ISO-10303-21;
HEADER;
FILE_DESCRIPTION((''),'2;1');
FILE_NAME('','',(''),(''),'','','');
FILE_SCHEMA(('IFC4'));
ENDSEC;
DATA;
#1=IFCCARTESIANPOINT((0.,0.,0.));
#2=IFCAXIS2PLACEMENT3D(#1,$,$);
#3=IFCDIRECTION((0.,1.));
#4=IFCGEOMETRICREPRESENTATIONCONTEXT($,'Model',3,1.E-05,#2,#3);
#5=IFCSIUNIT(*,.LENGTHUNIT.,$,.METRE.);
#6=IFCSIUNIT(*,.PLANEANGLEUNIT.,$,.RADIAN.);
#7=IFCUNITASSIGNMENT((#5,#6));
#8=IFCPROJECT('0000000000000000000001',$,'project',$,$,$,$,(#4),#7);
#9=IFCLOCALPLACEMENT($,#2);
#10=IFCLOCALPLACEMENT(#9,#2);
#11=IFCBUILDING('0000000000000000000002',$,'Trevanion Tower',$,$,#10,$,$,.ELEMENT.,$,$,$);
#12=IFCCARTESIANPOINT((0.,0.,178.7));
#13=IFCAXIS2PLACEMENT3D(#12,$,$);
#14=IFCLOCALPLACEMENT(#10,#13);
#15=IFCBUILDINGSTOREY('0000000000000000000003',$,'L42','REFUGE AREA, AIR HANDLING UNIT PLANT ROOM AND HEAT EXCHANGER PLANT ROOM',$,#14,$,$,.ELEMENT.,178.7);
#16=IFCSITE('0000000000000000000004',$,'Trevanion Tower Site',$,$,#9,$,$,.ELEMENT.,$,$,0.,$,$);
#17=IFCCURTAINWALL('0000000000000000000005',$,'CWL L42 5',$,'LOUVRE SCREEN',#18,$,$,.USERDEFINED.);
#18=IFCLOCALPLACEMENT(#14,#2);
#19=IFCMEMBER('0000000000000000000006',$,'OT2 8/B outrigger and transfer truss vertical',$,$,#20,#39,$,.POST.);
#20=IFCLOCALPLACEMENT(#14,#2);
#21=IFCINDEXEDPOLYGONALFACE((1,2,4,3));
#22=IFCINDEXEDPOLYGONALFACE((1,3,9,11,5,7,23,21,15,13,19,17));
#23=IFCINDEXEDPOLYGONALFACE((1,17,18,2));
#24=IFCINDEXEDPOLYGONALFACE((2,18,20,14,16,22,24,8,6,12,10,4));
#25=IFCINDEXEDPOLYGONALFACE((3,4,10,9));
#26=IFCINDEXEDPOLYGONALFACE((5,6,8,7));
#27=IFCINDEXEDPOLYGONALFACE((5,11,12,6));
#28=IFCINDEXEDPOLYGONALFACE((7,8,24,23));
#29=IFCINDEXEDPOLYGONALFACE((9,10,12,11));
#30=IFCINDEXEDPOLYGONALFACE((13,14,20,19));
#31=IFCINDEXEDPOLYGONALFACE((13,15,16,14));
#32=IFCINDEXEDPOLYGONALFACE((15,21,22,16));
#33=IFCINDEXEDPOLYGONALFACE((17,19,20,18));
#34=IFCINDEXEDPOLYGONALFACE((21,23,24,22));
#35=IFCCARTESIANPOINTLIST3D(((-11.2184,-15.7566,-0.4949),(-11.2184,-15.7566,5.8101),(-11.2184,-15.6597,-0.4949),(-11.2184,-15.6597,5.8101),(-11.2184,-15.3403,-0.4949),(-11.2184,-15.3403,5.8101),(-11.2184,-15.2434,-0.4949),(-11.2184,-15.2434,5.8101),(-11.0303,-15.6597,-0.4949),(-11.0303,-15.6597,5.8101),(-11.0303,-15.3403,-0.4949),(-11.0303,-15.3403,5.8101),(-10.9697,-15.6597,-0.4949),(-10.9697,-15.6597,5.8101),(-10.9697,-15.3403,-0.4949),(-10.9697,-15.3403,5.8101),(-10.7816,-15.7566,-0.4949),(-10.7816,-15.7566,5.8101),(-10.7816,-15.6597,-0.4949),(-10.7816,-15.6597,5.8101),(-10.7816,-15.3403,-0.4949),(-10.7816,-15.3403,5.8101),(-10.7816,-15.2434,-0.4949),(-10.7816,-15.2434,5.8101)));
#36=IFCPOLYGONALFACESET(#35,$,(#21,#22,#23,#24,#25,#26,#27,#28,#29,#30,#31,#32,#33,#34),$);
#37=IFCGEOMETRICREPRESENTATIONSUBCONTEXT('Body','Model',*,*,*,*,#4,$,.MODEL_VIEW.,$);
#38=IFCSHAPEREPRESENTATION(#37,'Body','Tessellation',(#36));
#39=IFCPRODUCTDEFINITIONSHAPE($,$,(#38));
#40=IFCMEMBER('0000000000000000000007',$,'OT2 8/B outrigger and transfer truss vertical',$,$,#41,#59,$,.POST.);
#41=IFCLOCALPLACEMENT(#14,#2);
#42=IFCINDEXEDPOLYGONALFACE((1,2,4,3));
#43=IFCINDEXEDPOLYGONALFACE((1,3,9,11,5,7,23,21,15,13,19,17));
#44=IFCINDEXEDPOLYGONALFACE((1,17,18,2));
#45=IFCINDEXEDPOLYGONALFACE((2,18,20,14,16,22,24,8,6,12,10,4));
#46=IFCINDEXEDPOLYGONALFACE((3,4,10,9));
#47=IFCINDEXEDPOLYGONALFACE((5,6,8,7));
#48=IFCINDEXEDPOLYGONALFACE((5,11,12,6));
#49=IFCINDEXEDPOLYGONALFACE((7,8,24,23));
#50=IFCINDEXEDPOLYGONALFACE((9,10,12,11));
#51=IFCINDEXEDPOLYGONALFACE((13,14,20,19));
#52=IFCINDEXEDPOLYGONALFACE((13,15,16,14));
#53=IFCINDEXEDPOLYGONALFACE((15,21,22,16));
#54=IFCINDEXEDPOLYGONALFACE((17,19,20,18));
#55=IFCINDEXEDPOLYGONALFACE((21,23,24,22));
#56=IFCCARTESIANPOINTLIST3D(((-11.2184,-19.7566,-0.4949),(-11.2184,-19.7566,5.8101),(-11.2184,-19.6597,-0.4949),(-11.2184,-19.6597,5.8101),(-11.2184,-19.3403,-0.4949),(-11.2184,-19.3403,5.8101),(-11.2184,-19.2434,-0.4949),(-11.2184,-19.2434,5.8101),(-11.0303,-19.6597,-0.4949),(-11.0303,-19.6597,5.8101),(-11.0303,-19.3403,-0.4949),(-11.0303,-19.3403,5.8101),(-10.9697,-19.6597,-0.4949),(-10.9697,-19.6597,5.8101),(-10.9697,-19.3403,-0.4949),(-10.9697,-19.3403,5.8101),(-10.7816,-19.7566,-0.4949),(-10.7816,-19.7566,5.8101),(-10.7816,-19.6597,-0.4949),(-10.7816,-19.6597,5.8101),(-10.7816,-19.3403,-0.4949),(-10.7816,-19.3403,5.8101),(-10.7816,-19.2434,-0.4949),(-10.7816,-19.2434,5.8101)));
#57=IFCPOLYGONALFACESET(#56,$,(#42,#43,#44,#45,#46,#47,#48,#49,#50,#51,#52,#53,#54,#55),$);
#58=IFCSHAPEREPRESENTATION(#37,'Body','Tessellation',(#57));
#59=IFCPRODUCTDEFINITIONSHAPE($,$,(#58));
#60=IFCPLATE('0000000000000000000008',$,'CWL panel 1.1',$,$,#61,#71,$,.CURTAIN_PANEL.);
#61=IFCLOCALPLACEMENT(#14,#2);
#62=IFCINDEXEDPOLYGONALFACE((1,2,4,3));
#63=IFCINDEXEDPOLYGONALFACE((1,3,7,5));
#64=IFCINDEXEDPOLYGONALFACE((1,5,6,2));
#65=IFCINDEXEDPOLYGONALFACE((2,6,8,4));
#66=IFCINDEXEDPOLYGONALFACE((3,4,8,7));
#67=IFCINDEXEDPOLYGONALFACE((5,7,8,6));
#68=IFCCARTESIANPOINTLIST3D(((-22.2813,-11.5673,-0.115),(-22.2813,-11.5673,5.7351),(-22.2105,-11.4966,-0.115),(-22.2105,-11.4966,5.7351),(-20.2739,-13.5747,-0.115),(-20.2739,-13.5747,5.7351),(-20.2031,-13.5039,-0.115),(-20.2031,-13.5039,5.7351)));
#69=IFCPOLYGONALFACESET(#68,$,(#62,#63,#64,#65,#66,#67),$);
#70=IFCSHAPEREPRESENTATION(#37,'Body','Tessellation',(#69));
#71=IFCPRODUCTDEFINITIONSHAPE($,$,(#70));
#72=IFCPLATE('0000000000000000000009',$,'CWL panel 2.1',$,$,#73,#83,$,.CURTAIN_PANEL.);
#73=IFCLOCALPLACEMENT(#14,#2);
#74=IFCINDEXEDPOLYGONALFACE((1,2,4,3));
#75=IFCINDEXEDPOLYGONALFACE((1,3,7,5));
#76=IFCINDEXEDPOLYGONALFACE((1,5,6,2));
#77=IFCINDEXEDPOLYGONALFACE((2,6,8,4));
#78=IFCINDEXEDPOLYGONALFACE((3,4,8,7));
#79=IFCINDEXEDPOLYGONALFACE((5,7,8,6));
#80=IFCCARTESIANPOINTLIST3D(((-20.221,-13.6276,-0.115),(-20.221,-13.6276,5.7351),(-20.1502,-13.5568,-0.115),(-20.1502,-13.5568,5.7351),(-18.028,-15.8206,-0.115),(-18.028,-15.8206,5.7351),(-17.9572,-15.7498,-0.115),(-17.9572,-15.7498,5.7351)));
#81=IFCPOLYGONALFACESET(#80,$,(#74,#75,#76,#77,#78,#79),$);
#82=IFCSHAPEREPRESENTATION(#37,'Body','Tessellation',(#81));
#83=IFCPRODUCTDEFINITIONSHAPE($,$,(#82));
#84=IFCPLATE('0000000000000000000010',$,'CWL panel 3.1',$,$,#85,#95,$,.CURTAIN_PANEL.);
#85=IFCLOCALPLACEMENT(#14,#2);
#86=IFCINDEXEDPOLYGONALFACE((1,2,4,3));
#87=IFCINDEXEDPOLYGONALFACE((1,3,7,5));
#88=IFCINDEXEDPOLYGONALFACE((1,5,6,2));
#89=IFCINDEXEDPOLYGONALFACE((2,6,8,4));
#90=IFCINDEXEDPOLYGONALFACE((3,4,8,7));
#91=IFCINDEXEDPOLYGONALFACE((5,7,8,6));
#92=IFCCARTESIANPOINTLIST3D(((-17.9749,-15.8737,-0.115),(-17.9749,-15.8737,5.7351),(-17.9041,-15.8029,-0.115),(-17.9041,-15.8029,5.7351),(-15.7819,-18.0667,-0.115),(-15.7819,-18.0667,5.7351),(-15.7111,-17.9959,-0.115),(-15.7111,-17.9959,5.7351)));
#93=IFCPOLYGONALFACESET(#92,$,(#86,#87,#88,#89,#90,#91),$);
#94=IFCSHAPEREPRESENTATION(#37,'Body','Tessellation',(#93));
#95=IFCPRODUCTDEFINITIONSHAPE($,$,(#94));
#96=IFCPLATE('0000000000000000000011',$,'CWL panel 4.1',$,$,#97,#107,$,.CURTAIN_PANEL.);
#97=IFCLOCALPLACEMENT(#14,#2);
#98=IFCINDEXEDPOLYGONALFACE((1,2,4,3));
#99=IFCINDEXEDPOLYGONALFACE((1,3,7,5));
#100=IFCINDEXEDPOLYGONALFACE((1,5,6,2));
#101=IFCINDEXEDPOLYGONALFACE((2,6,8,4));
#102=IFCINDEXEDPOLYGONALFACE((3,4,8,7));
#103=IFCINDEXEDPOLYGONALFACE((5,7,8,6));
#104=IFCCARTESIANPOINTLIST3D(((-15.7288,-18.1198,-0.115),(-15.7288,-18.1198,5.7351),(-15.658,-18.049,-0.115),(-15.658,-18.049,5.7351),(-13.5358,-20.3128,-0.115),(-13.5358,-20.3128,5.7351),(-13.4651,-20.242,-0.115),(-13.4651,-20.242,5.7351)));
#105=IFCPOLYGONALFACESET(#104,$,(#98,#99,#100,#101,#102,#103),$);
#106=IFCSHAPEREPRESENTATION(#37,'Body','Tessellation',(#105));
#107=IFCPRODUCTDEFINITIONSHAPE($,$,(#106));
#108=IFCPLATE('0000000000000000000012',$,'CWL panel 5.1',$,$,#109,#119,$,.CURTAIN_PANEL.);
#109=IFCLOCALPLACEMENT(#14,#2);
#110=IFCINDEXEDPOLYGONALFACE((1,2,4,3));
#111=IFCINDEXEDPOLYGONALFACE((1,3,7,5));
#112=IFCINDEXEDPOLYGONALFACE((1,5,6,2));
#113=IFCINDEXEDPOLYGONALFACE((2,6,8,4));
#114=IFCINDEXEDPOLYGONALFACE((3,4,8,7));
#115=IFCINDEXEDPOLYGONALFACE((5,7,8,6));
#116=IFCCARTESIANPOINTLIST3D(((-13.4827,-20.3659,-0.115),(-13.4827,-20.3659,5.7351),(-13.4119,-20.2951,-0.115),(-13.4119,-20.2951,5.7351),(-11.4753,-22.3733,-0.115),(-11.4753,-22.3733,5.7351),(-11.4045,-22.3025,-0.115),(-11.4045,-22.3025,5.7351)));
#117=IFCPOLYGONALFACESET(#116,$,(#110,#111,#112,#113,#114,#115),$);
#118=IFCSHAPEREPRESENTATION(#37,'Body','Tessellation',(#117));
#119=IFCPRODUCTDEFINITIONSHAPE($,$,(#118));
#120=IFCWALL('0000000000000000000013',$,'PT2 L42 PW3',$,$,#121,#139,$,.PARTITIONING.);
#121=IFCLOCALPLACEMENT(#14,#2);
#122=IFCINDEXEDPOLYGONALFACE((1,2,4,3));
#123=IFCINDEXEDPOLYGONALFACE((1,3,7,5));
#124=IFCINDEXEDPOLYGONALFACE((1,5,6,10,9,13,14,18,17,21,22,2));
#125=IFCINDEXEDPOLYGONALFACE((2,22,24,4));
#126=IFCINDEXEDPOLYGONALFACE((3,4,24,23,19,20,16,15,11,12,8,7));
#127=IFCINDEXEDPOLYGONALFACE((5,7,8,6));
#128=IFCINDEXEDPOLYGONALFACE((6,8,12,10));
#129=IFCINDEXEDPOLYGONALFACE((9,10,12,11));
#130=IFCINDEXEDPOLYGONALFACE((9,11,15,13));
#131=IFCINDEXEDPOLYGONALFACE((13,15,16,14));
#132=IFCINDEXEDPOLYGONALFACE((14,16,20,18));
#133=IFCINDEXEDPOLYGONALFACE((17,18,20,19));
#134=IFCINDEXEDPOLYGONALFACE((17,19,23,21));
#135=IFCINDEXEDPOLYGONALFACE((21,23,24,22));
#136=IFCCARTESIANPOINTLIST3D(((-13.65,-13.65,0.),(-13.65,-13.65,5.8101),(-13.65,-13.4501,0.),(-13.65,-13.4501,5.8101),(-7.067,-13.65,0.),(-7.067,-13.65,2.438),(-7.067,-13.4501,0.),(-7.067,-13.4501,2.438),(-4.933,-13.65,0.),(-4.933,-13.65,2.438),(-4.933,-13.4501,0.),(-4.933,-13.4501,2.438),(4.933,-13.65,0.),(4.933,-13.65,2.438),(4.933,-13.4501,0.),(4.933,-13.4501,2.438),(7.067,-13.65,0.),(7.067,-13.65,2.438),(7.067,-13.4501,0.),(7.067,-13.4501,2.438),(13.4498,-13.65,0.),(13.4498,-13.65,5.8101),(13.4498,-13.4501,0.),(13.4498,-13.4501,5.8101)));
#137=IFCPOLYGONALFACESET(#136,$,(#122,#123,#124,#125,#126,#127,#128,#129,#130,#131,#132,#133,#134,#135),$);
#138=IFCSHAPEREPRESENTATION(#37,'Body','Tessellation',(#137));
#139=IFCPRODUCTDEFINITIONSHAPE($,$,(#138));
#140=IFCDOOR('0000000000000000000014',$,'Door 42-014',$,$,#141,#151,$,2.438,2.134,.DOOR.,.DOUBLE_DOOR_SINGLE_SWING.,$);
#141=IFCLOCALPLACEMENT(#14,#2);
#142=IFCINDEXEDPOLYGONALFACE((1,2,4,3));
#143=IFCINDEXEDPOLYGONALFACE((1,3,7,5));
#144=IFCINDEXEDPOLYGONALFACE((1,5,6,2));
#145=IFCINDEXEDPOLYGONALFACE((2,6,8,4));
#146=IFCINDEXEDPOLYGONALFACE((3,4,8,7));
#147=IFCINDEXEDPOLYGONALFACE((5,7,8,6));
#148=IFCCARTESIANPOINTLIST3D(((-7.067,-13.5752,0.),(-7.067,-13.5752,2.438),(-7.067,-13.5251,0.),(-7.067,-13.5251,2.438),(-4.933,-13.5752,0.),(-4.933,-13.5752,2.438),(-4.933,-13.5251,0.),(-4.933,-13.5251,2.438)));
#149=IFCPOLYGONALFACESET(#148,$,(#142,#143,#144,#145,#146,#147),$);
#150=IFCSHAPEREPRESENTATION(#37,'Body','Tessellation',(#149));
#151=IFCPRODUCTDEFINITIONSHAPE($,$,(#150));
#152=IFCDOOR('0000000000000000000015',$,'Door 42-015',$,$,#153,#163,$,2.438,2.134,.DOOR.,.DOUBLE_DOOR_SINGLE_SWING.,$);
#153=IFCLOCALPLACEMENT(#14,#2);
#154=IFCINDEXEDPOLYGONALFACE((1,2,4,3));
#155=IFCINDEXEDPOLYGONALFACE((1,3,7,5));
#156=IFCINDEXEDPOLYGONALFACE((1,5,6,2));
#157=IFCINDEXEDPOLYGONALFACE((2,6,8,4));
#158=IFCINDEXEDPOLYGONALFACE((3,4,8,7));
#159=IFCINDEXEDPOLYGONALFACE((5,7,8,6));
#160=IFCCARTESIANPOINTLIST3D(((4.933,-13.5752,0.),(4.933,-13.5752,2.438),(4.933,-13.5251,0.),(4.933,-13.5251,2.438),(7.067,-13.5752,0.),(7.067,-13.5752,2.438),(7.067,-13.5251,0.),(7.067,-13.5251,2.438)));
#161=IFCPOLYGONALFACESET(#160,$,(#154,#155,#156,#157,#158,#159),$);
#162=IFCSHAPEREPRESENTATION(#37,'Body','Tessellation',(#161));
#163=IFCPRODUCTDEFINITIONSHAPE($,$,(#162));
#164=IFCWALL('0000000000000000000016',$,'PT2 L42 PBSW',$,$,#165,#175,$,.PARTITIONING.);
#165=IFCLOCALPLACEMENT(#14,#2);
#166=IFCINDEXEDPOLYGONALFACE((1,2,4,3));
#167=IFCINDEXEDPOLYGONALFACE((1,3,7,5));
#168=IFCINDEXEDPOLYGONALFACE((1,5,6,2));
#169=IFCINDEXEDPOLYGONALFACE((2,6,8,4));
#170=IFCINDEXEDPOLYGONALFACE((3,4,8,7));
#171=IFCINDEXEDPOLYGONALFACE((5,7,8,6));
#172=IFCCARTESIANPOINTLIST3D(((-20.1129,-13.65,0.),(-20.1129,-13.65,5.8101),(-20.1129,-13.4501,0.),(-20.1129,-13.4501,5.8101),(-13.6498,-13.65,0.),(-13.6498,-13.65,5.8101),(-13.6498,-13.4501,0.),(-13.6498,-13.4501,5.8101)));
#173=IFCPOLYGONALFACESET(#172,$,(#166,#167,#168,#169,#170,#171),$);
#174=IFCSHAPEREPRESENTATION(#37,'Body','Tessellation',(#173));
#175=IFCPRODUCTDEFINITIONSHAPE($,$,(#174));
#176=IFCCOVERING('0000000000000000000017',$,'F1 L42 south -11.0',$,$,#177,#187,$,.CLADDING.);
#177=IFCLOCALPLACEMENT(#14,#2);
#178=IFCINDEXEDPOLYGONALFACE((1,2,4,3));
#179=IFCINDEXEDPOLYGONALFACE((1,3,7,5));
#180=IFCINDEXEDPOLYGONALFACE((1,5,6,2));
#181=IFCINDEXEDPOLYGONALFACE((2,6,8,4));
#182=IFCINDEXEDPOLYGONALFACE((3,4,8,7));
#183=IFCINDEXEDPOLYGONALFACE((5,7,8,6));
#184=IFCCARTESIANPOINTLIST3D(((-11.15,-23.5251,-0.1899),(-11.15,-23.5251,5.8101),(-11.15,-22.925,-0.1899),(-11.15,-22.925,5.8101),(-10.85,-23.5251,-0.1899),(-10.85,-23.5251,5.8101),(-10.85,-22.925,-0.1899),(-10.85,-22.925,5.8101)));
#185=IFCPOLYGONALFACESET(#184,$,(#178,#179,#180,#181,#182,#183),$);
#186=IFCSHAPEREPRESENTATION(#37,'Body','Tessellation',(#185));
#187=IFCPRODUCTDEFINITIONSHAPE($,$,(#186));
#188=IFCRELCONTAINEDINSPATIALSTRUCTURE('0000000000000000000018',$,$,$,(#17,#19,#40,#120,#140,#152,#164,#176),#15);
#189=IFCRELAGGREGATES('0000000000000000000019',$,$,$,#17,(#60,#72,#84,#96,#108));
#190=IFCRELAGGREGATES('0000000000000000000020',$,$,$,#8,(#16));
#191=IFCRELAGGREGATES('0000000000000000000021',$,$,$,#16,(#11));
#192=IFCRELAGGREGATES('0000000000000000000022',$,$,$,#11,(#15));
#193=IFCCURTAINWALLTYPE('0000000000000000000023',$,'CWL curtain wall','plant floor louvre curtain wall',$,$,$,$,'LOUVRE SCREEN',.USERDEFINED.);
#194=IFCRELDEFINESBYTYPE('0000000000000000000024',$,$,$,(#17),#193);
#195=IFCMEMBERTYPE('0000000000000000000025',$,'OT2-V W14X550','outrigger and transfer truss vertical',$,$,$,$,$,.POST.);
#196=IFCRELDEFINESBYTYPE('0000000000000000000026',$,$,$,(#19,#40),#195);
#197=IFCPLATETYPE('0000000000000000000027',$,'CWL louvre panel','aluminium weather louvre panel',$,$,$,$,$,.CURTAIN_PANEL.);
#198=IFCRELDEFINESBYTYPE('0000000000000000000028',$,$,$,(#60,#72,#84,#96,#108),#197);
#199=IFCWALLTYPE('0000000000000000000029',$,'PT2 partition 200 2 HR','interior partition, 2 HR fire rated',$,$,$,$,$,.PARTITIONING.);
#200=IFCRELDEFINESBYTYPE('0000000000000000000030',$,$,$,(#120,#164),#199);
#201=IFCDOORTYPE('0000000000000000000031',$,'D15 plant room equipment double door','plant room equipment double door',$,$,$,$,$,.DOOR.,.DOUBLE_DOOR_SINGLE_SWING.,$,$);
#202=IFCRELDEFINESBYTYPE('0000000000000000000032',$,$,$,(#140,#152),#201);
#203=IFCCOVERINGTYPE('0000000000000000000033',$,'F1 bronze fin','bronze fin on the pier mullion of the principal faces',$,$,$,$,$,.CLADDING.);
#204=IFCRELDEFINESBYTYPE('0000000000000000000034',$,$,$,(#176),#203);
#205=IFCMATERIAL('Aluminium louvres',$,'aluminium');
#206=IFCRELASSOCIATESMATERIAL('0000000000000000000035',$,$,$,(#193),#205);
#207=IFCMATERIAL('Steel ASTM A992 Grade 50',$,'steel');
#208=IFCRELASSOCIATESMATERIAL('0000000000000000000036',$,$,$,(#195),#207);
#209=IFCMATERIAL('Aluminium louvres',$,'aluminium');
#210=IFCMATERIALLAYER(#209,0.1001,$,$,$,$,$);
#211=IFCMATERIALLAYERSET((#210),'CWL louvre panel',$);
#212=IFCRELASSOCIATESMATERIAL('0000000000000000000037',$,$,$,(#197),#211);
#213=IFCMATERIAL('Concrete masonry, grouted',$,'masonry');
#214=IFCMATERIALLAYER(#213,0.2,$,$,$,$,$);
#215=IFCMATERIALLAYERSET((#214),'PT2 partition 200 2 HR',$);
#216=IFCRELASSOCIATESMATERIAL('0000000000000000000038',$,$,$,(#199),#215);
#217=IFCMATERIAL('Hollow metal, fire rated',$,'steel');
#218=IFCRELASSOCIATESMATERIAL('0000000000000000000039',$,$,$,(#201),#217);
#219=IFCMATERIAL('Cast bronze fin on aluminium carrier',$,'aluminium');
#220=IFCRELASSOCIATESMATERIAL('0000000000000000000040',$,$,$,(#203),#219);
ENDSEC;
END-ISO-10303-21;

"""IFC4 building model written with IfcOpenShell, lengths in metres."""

from ifc_helpers import new_model, si_unit, direction, frame, frame_2d, origin, origin_2d, place, context, subcontext, project, spatial, rectangle, i_section, extrude, material, layer, layer_set, material_profile, profile_set, type_object, element, fill, aggregate, save


model = new_model("IFC4")

# Units and contexts
model_context = context("Model", 3, precision=1e-05, world=origin(), true_north=direction((0.0, 1.0)))
body_context = subcontext(model_context, "Body", "Model", "MODEL_VIEW")
ifc_project = project(units=[si_unit("LENGTHUNIT", "METRE"), si_unit("PLANEANGLEUNIT", "RADIAN")], contexts=[model_context])

# Site, building, storey
site_placement = place(None, origin())
site = spatial("IfcSite", under=ifc_project, at=site_placement, Name="Trevanion Tower Site", CompositionType="ELEMENT", RefElevation=0.0)
building_placement = place(site_placement, origin())
building = spatial("IfcBuilding", under=site, at=building_placement, Name="Trevanion Tower", CompositionType="ELEMENT")
storey_placement = place(building_placement, frame((0.0, 0.0, 178.7)))
storey = spatial("IfcBuildingStorey", under=building, at=storey_placement, Name="L42", Description="REFUGE AREA, AIR HANDLING UNIT PLANT ROOM AND HEAT EXCHANGER PLANT ROOM", CompositionType="ELEMENT", Elevation=178.7)

# Curtain wall
ifc_material_1 = material(Name="Aluminium louvres", Category="aluminium")
curtain_wall_type = type_object("IfcCurtainWallType", Name="CWL curtain wall", Description="plant floor louvre curtain wall", ElementType="LOUVRE SCREEN", PredefinedType="USERDEFINED", material=ifc_material_1)
curtain_wall_placement = place(storey_placement, origin())
curtain_wall = element("IfcCurtainWall", 1, at=curtain_wall_placement, inside=storey, type_object=curtain_wall_type, Name="CWL L42 5", ObjectType="LOUVRE SCREEN", PredefinedType="USERDEFINED")

# Members
ifc_material_2 = material(Name="Steel ASTM A992 Grade 50", Category="steel")
ifc_material_profile_1 = material_profile(ifc_material_2, i_section(OverallWidth=0.4368, OverallDepth=0.5132, WebThickness=0.0605, FlangeThickness=0.0969, at=origin_2d()), Name="W14X550")
ifc_profile_set_1 = profile_set([ifc_material_profile_1], Name="Steel ASTM A992 Grade 50")
member_type_1 = type_object("IfcMemberType", Name="OT2-V W14X550", Description="outrigger and transfer truss vertical", PredefinedType="POST", material=ifc_profile_set_1)
for number, where, z_axis, x_axis, name in (
    (2, (-11.0, -15.5, -0.4949), (0.0, 0.0, 1.0), (1.0, 0.0, 0.0), "OT2 8/B outrigger and transfer truss vertical"),
    (3, (-11.0, -19.5, -0.4949), (0.0, 0.0, 1.0), (1.0, 0.0, 0.0), "OT2 8/B outrigger and transfer truss vertical"),
):
    element("IfcMember", number, at=place(storey_placement, frame(where, z_axis=z_axis, x_axis=x_axis)), inside=storey, type_object=member_type_1, Name=name, PredefinedType="POST", context=body_context, shape_type="SweptSolid", body=[
        extrude(i_section(OverallWidth=0.4368, OverallDepth=0.5132, WebThickness=0.0605, FlangeThickness=0.0969, at=origin_2d()), origin(), (0.0, 0.0, 1.0), 6.3049),
    ])

# Plates
ifc_material_3 = material(Name="Aluminium louvres", Category="aluminium")
ifc_layer_1 = layer(ifc_material_3, 0.1001)
ifc_layer_set_1 = layer_set([ifc_layer_1], Name="CWL louvre panel")
plate_type = type_object("IfcPlateType", Name="CWL louvre panel", Description="aluminium weather louvre panel", PredefinedType="CURTAIN_PANEL", material=ifc_layer_set_1)
plate_1_placement = place(storey_placement, frame((-21.2422, -12.5356, -0.115), z_axis=(0.0, 0.0, 1.0), x_axis=(0.707107, -0.707107, 0.0)))
plate_1 = element("IfcPlate", 4, at=plate_1_placement, type_object=plate_type, Name="CWL panel 1.1", PredefinedType="CURTAIN_PANEL", context=body_context, shape_type="SweptSolid", body=[
    extrude(rectangle(XDim=2.8389, YDim=0.1001, at=origin_2d()), origin(), (0.0, 0.0, 1.0), 5.8501),
])
plate_2_placement = place(storey_placement, frame((-19.0891, -14.6887, -0.115), z_axis=(0.0, 0.0, 1.0), x_axis=(0.707107, -0.707107, 0.0)))
plate_2 = element("IfcPlate", 5, at=plate_2_placement, type_object=plate_type, Name="CWL panel 2.1", PredefinedType="CURTAIN_PANEL", context=body_context, shape_type="SweptSolid", body=[
    extrude(rectangle(XDim=3.1013, YDim=0.1001, at=origin_2d()), origin(), (0.0, 0.0, 1.0), 5.8501),
])
plate_3_placement = place(storey_placement, frame((-16.843, -16.9348, -0.115), z_axis=(0.0, 0.0, 1.0), x_axis=(0.707107, -0.707107, 0.0)))
plate_3 = element("IfcPlate", 6, at=plate_3_placement, type_object=plate_type, Name="CWL panel 3.1", PredefinedType="CURTAIN_PANEL", context=body_context, shape_type="SweptSolid", body=[
    extrude(rectangle(XDim=3.1013, YDim=0.1001, at=origin_2d()), origin(), (0.0, 0.0, 1.0), 5.8501),
])
plate_4_placement = place(storey_placement, frame((-14.5969, -19.1809, -0.115), z_axis=(0.0, 0.0, 1.0), x_axis=(0.707107, -0.707107, 0.0)))
plate_4 = element("IfcPlate", 7, at=plate_4_placement, type_object=plate_type, Name="CWL panel 4.1", PredefinedType="CURTAIN_PANEL", context=body_context, shape_type="SweptSolid", body=[
    extrude(rectangle(XDim=3.1013, YDim=0.1001, at=origin_2d()), origin(), (0.0, 0.0, 1.0), 5.8501),
])
plate_5_placement = place(storey_placement, frame((-12.4436, -21.3342, -0.115), z_axis=(0.0, 0.0, 1.0), x_axis=(0.707107, -0.707107, 0.0)))
plate_5 = element("IfcPlate", 8, at=plate_5_placement, type_object=plate_type, Name="CWL panel 5.1", PredefinedType="CURTAIN_PANEL", context=body_context, shape_type="SweptSolid", body=[
    extrude(rectangle(XDim=2.8389, YDim=0.1001, at=origin_2d()), origin(), (0.0, 0.0, 1.0), 5.8501),
])
aggregate(curtain_wall, [plate_1, plate_2, plate_3, plate_4, plate_5])

# Wall, openings, doors
ifc_material_4 = material(Name="Concrete masonry, grouted", Category="masonry")
ifc_layer_2 = layer(ifc_material_4, 0.2)
ifc_layer_set_2 = layer_set([ifc_layer_2], Name="PT2 partition 200 2 HR")
wall_type = type_object("IfcWallType", Name="PT2 partition 200 2 HR", Description="interior partition, 2 HR fire rated", PredefinedType="PARTITIONING", material=ifc_layer_set_2)
wall_1_placement = place(storey_placement, frame((-13.6499, -13.55, 0.0), z_axis=(0.0, 0.0, 1.0), x_axis=(1.0, 0.0, 0.0)))
wall_1 = element("IfcWall", 9, at=wall_1_placement, inside=storey, type_object=wall_type, Name="PT2 L42 PW3", PredefinedType="PARTITIONING", context=body_context, shape_type="SweptSolid", body=[
    extrude(rectangle(XDim=27.0999, YDim=0.2, at=frame_2d((13.5498, 0.0))), origin(), (0.0, 0.0, 1.0), 5.8101),
])
opening_1_placement = place(wall_1_placement, frame((6.583, 0.0, 0.0)))
opening_1 = element("IfcOpeningElement", 10, at=opening_1_placement, cuts=wall_1, PredefinedType="OPENING", context=body_context, shape_type="SweptSolid", body=[
    extrude(rectangle(XDim=2.134, YDim=2.438, at=frame_2d((1.0669, 1.219))), frame((0.0, 0.1099, 0.0), z_axis=(0.0, -1.0, 0.0), x_axis=(1.0, 0.0, 0.0)), (0.0, 0.0, 1.0), 0.22),
])
opening_2_placement = place(wall_1_placement, frame((18.583, 0.0, 0.0)))
opening_2 = element("IfcOpeningElement", 11, at=opening_2_placement, cuts=wall_1, PredefinedType="OPENING", context=body_context, shape_type="SweptSolid", body=[
    extrude(rectangle(XDim=2.134, YDim=2.438, at=frame_2d((1.0669, 1.219))), frame((0.0, 0.1099, 0.0), z_axis=(0.0, -1.0, 0.0), x_axis=(1.0, 0.0, 0.0)), (0.0, 0.0, 1.0), 0.22),
])
ifc_material_5 = material(Name="Hollow metal, fire rated", Category="steel")
door_type = type_object("IfcDoorType", Name="D15 plant room equipment double door", Description="plant room equipment double door", OperationType="DOUBLE_DOOR_SINGLE_SWING", PredefinedType="DOOR", material=ifc_material_5)
door_1_placement = place(opening_1_placement, origin())
door_1 = element("IfcDoor", 12, at=door_1_placement, inside=storey, type_object=door_type, Name="Door 42-014", OperationType="DOUBLE_DOOR_SINGLE_SWING", OverallHeight=2.438, OverallWidth=2.134, PredefinedType="DOOR", context=body_context, shape_type="SweptSolid", body=[
    extrude(rectangle(XDim=2.134, YDim=2.438, at=frame_2d((1.0669, 1.219))), frame((0.0, 0.0249, 0.0), z_axis=(0.0, -1.0, 0.0), x_axis=(1.0, 0.0, 0.0)), (0.0, 0.0, 1.0), 0.05),
])
fill(opening_1, door_1)
door_2_placement = place(opening_2_placement, origin())
door_2 = element("IfcDoor", 13, at=door_2_placement, inside=storey, type_object=door_type, Name="Door 42-015", OperationType="DOUBLE_DOOR_SINGLE_SWING", OverallHeight=2.438, OverallWidth=2.134, PredefinedType="DOOR", context=body_context, shape_type="SweptSolid", body=[
    extrude(rectangle(XDim=2.134, YDim=2.438, at=frame_2d((1.0669, 1.219))), frame((0.0, 0.0249, 0.0), z_axis=(0.0, -1.0, 0.0), x_axis=(1.0, 0.0, 0.0)), (0.0, 0.0, 1.0), 0.05),
])
fill(opening_2, door_2)

# Wall
wall_2_placement = place(storey_placement, frame((-13.6499, -13.55, 0.0), z_axis=(0.0, 0.0, 1.0), x_axis=(-1.0, 0.0, 0.0)))
element("IfcWall", 14, at=wall_2_placement, inside=storey, type_object=wall_type, Name="PT2 L42 PBSW", PredefinedType="PARTITIONING", context=body_context, shape_type="SweptSolid", body=[
    extrude(rectangle(XDim=6.4631, YDim=0.2, at=frame_2d((3.2314, 0.0))), origin(), (0.0, 0.0, 1.0), 5.8101),
])

# Covering
ifc_material_6 = material(Name="Cast bronze fin on aluminium carrier", Category="aluminium")
covering_type = type_object("IfcCoveringType", Name="F1 bronze fin", Description="bronze fin on the pier mullion of the principal faces", PredefinedType="CLADDING", material=ifc_material_6)
covering_placement = place(storey_placement, frame((-11.0, -23.2251, -0.1899), z_axis=(0.0, 0.0, 1.0), x_axis=(1.0, 0.0, 0.0)))
element("IfcCovering", 15, at=covering_placement, inside=storey, type_object=covering_type, Name="F1 L42 south -11.0", PredefinedType="CLADDING", context=body_context, shape_type="SweptSolid", body=[
    extrude(rectangle(XDim=0.3, YDim=0.6001, at=origin_2d()), origin(), (0.0, 0.0, 1.0), 6.0),
])

save(model, "model.ifc")
